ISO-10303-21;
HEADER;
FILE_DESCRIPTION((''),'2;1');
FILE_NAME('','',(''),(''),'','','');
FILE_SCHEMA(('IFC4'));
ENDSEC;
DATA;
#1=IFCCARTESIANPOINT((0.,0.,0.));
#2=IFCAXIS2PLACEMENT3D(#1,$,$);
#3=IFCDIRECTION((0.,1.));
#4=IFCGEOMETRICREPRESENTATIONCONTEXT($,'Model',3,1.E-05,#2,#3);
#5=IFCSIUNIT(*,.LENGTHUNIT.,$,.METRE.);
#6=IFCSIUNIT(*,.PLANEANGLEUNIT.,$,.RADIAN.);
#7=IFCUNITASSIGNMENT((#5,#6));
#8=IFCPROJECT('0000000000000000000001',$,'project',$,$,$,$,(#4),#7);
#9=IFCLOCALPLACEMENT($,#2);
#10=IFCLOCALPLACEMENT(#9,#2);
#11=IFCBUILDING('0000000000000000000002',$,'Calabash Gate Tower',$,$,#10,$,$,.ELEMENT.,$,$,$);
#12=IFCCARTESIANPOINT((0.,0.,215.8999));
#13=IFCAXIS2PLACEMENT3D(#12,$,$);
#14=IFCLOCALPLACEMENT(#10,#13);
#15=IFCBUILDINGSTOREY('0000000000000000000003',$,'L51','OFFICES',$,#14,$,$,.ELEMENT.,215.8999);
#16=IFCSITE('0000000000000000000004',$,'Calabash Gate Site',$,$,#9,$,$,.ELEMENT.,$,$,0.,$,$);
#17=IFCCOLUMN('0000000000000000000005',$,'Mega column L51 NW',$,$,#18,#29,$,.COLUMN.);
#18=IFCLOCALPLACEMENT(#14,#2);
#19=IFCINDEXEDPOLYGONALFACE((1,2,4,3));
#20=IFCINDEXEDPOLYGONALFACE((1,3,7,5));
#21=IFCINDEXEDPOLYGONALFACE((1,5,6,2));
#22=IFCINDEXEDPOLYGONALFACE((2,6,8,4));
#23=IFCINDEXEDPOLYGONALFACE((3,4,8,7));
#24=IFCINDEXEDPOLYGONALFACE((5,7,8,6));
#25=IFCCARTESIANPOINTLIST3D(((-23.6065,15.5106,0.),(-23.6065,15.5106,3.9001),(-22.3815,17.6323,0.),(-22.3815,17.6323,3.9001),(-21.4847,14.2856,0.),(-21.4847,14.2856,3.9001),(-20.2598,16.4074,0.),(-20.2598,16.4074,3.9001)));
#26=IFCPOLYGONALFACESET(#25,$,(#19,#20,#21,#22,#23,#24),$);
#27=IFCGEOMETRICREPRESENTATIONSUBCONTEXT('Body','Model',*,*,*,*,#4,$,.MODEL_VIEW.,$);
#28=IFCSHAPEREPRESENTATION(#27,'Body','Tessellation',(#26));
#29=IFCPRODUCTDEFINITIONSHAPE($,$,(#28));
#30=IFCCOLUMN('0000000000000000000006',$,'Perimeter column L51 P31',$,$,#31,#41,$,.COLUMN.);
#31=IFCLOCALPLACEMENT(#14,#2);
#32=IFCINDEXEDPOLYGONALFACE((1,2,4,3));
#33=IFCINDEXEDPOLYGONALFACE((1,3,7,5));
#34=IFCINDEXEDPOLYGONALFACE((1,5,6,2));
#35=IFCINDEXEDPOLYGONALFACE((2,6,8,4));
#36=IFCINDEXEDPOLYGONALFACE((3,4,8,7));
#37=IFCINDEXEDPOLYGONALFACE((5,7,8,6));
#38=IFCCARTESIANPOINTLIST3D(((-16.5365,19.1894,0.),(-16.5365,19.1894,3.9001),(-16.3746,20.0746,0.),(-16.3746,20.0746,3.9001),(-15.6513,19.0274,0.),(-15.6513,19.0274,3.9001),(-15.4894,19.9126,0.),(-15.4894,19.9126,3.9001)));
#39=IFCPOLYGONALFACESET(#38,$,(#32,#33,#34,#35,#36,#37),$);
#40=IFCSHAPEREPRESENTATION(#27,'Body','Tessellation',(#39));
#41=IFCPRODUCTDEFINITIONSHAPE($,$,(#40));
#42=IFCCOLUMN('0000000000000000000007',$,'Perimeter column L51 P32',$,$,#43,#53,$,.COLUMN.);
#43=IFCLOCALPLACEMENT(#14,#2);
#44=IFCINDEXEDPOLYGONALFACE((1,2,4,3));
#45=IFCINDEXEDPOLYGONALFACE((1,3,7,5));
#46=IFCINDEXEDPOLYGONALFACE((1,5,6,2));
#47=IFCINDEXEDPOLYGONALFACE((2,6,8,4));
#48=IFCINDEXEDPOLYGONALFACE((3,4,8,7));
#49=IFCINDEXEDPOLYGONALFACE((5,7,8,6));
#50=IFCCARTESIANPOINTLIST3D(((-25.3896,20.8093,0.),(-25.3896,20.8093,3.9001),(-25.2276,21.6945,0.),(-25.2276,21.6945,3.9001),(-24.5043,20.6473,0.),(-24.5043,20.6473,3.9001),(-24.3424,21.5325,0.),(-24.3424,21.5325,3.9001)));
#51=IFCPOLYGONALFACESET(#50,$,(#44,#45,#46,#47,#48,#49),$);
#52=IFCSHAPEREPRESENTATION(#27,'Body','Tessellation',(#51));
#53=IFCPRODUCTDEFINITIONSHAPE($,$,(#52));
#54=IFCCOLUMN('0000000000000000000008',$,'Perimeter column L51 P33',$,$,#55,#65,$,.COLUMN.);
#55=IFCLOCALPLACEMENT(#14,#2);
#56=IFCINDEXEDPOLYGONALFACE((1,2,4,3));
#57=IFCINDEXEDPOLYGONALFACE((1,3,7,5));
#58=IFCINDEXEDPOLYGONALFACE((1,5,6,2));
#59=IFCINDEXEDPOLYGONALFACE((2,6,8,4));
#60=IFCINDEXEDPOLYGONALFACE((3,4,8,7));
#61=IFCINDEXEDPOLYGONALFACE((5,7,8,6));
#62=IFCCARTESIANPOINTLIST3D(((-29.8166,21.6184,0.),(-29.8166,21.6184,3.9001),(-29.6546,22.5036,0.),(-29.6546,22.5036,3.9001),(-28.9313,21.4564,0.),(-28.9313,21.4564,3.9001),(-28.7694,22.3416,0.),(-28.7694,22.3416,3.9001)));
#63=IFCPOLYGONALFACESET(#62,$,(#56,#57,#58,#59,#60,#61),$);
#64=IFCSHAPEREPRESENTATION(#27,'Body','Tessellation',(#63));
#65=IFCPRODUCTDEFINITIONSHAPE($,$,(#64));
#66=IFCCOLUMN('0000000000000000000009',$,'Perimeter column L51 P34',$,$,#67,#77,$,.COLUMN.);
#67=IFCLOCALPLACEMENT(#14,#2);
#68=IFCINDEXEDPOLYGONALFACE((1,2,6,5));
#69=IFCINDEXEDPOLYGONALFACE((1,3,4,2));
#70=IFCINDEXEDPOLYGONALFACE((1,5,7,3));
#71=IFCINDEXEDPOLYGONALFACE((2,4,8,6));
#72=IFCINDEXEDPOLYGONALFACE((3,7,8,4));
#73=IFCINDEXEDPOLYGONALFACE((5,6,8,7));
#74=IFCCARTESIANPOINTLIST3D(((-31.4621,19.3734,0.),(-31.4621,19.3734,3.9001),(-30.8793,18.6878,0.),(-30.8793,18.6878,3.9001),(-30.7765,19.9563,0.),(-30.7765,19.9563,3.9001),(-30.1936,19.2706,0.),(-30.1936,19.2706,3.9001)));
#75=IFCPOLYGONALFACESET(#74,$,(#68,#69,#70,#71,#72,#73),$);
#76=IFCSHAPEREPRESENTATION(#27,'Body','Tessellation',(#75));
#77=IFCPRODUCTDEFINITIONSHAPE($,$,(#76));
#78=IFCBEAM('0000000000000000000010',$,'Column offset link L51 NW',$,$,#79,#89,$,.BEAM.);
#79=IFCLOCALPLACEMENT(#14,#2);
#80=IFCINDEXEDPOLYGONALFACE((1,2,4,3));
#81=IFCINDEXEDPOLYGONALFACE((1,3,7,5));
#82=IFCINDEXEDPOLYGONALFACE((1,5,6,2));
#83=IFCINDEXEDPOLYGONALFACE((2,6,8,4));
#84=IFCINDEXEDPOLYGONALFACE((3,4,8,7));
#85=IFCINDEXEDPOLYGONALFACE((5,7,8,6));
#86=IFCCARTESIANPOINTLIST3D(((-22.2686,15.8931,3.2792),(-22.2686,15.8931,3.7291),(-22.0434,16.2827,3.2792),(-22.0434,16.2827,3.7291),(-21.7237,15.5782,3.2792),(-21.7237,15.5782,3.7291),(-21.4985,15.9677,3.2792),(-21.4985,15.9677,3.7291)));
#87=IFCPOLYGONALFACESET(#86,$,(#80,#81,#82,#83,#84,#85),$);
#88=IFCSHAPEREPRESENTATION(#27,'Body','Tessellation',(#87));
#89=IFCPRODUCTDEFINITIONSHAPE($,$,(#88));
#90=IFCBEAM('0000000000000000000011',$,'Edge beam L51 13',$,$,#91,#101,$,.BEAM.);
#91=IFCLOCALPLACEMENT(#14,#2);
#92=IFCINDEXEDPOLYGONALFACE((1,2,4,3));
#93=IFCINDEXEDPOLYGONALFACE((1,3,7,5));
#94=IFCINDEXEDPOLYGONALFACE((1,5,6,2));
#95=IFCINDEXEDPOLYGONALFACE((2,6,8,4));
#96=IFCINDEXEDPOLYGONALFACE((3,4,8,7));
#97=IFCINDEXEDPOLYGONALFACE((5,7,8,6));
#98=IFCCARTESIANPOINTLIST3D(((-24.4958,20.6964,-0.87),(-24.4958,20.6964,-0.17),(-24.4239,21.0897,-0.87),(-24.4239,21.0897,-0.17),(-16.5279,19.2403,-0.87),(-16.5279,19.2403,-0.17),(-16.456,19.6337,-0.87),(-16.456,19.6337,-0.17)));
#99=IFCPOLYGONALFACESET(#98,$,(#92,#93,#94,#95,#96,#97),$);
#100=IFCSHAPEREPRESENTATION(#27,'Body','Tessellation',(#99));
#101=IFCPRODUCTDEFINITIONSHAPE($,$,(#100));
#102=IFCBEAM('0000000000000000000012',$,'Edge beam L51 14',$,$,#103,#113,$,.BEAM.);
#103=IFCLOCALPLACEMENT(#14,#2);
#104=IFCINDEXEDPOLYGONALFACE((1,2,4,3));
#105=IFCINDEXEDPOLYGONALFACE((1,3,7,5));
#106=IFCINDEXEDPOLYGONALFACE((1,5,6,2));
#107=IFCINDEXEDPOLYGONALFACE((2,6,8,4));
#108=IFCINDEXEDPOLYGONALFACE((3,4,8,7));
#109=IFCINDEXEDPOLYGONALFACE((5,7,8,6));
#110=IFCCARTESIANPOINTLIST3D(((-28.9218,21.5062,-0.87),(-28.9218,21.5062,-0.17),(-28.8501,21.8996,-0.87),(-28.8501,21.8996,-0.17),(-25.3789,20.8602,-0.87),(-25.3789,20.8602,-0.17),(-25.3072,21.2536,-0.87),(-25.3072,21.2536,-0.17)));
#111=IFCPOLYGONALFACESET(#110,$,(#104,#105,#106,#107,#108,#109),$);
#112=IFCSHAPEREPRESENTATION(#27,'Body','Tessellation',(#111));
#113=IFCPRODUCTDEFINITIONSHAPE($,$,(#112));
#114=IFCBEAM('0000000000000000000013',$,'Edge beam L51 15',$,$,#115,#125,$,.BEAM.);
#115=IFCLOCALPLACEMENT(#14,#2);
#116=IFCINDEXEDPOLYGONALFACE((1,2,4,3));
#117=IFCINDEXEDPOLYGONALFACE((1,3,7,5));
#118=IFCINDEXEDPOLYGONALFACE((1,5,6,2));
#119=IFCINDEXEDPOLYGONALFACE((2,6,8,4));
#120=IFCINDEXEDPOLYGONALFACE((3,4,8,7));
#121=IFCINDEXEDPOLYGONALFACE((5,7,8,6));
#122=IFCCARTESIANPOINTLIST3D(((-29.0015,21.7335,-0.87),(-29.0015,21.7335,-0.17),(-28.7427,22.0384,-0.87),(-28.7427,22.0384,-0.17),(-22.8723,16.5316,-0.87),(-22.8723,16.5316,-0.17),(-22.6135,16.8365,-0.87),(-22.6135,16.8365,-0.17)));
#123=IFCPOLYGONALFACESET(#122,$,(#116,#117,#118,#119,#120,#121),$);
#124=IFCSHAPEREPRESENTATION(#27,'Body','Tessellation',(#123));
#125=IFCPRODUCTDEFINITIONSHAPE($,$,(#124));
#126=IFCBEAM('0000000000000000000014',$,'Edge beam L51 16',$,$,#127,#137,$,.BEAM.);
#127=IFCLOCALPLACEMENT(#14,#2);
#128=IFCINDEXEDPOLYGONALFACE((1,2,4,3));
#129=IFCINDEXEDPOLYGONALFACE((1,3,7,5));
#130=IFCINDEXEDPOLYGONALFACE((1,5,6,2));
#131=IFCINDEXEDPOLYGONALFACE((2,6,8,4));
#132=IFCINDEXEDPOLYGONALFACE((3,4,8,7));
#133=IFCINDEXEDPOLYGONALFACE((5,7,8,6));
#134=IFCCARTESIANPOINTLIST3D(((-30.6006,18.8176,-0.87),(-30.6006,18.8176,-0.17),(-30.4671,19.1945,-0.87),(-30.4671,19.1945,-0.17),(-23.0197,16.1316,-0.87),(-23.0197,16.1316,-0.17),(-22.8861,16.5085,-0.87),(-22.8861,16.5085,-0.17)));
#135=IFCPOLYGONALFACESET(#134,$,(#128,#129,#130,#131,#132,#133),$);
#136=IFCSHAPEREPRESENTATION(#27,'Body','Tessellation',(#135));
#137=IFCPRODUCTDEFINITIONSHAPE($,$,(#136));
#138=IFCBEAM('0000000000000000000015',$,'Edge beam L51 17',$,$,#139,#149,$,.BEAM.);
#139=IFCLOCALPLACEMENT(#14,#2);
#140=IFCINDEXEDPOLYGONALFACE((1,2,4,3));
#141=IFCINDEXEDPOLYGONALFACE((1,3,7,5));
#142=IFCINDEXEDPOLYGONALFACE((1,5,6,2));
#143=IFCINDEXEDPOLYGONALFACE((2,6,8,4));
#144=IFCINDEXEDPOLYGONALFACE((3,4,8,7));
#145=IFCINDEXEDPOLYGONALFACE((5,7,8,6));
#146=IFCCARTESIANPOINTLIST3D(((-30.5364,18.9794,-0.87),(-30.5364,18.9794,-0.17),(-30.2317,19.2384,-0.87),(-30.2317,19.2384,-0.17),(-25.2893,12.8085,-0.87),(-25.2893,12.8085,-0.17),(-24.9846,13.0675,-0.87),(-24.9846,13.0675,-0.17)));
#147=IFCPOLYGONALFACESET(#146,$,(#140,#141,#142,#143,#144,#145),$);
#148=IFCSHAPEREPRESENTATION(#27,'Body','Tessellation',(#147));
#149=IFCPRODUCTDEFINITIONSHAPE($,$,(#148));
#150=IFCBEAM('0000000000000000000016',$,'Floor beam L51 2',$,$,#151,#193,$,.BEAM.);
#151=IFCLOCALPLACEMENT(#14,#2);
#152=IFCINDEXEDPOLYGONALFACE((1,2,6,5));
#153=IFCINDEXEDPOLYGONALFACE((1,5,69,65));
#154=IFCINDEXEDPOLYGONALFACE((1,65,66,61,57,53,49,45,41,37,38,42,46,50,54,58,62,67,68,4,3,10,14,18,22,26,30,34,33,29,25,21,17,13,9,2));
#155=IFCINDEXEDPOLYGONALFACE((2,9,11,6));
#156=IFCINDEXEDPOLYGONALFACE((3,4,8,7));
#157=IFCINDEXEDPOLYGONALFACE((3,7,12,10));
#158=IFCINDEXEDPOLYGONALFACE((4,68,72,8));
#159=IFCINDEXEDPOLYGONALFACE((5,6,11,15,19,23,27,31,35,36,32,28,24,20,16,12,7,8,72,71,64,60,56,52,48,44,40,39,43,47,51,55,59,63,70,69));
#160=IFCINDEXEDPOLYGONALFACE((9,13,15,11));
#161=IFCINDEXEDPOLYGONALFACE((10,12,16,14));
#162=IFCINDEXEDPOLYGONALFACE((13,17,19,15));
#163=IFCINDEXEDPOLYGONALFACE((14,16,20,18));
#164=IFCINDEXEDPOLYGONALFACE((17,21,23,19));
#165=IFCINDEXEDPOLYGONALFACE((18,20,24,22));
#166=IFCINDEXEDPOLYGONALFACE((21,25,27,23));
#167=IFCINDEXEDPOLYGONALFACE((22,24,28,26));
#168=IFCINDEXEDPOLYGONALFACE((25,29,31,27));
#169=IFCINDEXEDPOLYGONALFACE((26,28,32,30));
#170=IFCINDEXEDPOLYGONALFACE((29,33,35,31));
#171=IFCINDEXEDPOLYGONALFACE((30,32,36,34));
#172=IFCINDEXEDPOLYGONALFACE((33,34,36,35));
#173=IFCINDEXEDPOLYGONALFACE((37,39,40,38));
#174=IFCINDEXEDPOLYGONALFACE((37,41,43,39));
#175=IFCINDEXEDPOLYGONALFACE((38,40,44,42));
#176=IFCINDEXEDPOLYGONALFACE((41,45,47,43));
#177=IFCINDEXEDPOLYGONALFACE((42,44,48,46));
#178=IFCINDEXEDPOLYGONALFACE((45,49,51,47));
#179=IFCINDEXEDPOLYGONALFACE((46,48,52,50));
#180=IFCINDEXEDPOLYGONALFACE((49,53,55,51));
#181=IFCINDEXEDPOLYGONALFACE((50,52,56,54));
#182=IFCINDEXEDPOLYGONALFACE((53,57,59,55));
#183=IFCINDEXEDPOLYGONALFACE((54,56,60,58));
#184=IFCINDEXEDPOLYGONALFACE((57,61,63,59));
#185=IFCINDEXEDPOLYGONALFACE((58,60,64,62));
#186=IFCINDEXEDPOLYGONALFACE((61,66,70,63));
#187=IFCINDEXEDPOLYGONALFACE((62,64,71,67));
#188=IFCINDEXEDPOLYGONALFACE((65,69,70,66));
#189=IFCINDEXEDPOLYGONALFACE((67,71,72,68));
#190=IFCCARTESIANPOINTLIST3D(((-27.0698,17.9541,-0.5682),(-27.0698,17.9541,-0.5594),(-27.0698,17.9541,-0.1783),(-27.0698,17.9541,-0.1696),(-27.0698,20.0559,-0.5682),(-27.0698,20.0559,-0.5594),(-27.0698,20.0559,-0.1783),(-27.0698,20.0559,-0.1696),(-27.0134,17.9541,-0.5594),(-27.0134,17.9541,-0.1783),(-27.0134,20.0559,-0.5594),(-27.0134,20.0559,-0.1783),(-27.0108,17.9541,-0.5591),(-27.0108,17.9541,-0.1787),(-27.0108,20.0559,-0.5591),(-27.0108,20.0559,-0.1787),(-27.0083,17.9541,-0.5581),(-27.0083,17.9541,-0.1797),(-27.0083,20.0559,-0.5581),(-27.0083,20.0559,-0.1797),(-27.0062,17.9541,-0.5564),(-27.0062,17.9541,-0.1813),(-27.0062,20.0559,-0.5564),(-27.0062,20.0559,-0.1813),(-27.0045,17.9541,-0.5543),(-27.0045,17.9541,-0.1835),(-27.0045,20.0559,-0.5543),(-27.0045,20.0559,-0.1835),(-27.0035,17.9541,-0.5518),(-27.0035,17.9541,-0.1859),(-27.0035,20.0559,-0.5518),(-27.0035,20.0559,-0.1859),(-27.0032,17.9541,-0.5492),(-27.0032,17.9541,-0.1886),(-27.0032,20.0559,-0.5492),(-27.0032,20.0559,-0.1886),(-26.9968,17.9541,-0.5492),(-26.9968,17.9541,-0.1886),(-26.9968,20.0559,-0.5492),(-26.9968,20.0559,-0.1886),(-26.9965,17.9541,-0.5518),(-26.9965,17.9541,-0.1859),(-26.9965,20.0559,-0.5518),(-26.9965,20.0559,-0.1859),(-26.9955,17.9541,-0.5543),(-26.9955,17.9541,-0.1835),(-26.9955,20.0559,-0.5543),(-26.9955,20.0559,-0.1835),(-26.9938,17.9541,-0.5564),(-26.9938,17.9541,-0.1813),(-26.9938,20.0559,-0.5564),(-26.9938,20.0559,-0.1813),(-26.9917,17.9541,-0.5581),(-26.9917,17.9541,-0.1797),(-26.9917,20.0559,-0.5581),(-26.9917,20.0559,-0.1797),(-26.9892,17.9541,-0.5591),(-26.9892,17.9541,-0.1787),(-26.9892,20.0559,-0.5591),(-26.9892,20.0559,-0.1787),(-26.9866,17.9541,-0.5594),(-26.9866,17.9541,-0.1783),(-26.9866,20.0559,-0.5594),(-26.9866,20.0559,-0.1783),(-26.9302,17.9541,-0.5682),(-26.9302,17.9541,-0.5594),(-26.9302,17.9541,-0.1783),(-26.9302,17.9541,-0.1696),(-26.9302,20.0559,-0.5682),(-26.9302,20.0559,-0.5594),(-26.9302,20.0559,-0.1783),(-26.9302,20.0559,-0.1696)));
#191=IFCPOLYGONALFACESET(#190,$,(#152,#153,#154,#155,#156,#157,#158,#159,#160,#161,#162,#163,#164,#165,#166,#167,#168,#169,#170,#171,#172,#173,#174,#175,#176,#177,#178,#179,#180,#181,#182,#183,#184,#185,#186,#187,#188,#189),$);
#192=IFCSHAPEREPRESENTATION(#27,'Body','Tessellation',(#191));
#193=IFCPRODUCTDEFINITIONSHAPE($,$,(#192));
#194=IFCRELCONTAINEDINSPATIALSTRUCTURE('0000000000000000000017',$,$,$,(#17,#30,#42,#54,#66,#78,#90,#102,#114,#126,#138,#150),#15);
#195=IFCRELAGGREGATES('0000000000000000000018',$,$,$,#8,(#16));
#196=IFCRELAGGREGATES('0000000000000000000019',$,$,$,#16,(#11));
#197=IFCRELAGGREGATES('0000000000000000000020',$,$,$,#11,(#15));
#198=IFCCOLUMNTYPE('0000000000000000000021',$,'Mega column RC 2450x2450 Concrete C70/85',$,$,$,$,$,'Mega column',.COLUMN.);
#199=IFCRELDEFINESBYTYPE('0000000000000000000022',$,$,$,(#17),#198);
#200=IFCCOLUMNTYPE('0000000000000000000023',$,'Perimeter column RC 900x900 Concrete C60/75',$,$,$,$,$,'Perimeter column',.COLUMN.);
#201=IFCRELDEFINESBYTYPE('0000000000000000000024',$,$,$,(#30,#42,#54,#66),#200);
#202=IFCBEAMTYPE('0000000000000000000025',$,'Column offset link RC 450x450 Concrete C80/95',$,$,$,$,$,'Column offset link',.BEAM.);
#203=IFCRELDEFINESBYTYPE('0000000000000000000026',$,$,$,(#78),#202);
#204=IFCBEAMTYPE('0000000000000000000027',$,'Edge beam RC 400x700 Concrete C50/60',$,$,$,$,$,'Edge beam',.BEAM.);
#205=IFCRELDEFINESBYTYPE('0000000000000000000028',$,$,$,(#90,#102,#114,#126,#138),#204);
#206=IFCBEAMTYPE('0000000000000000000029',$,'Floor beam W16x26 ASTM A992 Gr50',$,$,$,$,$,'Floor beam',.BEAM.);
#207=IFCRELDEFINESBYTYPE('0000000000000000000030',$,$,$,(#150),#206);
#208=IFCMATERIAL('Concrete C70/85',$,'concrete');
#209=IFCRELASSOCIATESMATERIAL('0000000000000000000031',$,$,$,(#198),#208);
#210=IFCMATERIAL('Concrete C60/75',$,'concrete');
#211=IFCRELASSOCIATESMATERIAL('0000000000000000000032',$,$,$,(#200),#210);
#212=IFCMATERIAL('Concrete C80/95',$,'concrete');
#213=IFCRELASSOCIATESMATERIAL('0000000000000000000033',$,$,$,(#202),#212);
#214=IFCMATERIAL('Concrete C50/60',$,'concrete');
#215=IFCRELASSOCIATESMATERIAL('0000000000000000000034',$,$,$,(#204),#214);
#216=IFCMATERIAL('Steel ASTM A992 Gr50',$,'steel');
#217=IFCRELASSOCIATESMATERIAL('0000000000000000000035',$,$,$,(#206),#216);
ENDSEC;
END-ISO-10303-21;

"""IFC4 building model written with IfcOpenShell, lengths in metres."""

from ifc_helpers import new_model, si_unit, direction, frame, origin, origin_2d, place, context, subcontext, project, spatial, rectangle, i_section, extrude, material, material_profile, profile_set, type_object, element, save


model = new_model("IFC4")

# Units and contexts
model_context = context("Model", 3, precision=1e-05, world=origin(), true_north=direction((0.0, 1.0)))
body_context = subcontext(model_context, "Body", "Model", "MODEL_VIEW")
ifc_project = project(units=[si_unit("LENGTHUNIT", "METRE"), si_unit("PLANEANGLEUNIT", "RADIAN")], contexts=[model_context])

# Site, building, storey
site_placement = place(None, origin())
site = spatial("IfcSite", under=ifc_project, at=site_placement, Name="Calabash Gate Site", CompositionType="ELEMENT", RefElevation=0.0)
building_placement = place(site_placement, origin())
building = spatial("IfcBuilding", under=site, at=building_placement, Name="Calabash Gate Tower", CompositionType="ELEMENT")
storey_placement = place(building_placement, frame((0.0, 0.0, 215.8999)))
storey = spatial("IfcBuildingStorey", under=building, at=storey_placement, Name="L51", Description="OFFICES", CompositionType="ELEMENT", Elevation=215.8999)

# Columns
ifc_material_1 = material(Name="Concrete C70/85", Category="concrete")
ifc_material_profile_1 = material_profile(ifc_material_1, rectangle(XDim=2.45, YDim=2.45, at=origin_2d()))
ifc_profile_set_1 = profile_set([ifc_material_profile_1], Name="Concrete C70/85")
column_type_1 = type_object("IfcColumnType", Name="Mega column RC 2450x2450 Concrete C70/85", ElementType="Mega column", PredefinedType="COLUMN", material=ifc_profile_set_1)
column_placement = place(storey_placement, frame((-21.9331, 15.959, 0.0), z_axis=(0.0, 0.0, 1.0), x_axis=(0.866025, -0.5, 0.0)))
element("IfcColumn", 1, at=column_placement, inside=storey, type_object=column_type_1, Name="Mega column L51 NW", PredefinedType="COLUMN", context=body_context, shape_type="SweptSolid", body=[
    extrude(rectangle(XDim=2.45, YDim=2.45, at=origin_2d()), origin(), (0.0, 0.0, 1.0), 3.9001),
])
ifc_material_2 = material(Name="Concrete C60/75", Category="concrete")
ifc_material_profile_2 = material_profile(ifc_material_2, rectangle(XDim=0.8999, YDim=0.8999, at=origin_2d()))
ifc_profile_set_2 = profile_set([ifc_material_profile_2], Name="Concrete C60/75")
column_type_2 = type_object("IfcColumnType", Name="Perimeter column RC 900x900 Concrete C60/75", ElementType="Perimeter column", PredefinedType="COLUMN", material=ifc_profile_set_2)
for number, where, z_axis, x_axis, name in (
    (2, (-16.0129, 19.551, 0.0), (0.0, 0.0, 1.0), (-0.98367, 0.179982, 0.0), "Perimeter column L51 P31"),
    (3, (-24.866, 21.1709, 0.0), (0.0, 0.0, 1.0), (-0.98367, 0.179982, 0.0), "Perimeter column L51 P32"),
    (4, (-29.293, 21.98, 0.0), (0.0, 0.0, 1.0), (-0.98367, 0.179982, 0.0), "Perimeter column L51 P33"),
    (5, (-30.8279, 19.322, 0.0), (0.0, 0.0, 1.0), (0.647704, -0.761892, 0.0), "Perimeter column L51 P34"),
):
    element("IfcColumn", number, at=place(storey_placement, frame(where, z_axis=z_axis, x_axis=x_axis)), inside=storey, type_object=column_type_2, Name=name, PredefinedType="COLUMN", context=body_context, shape_type="SweptSolid", body=[
        extrude(rectangle(XDim=0.8999, YDim=0.8999, at=origin_2d()), origin(), (0.0, 0.0, 1.0), 3.9001),
    ])

# Beams
ifc_material_3 = material(Name="Concrete C80/95", Category="concrete")
ifc_material_profile_3 = material_profile(ifc_material_3, rectangle(XDim=0.45, YDim=0.45, at=origin_2d()))
ifc_profile_set_3 = profile_set([ifc_material_profile_3], Name="Concrete C80/95")
beam_type_1 = type_object("IfcBeamType", Name="Column offset link RC 450x450 Concrete C80/95", ElementType="Column offset link", PredefinedType="BEAM", material=ifc_profile_set_3)
beam_1_placement = place(storey_placement, frame((-21.6111, 15.7729, 3.5042), z_axis=(-0.865798, 0.500394, 0.0), x_axis=(-0.500394, -0.865798, 0.0)))
element("IfcBeam", 6, at=beam_1_placement, inside=storey, type_object=beam_type_1, Name="Column offset link L51 NW", PredefinedType="BEAM", context=body_context, shape_type="SweptSolid", body=[
    extrude(rectangle(XDim=0.45, YDim=0.45, at=origin_2d()), origin(), (0.0, 0.0, 1.0), 0.6294),
])
ifc_material_4 = material(Name="Concrete C50/60", Category="concrete")
ifc_material_profile_4 = material_profile(ifc_material_4, rectangle(XDim=0.3999, YDim=0.7, at=origin_2d()))
ifc_profile_set_4 = profile_set([ifc_material_profile_4], Name="Concrete C50/60")
beam_type_2 = type_object("IfcBeamType", Name="Edge beam RC 400x700 Concrete C50/60", ElementType="Edge beam", PredefinedType="BEAM", material=ifc_profile_set_4)
beam_2_placement = place(storey_placement, frame((-16.4919, 19.437, -0.52), z_axis=(-0.98371, 0.179761, 0.0), x_axis=(-0.179761, -0.98371, 0.0)))
element("IfcBeam", 7, at=beam_2_placement, inside=storey, type_object=beam_type_2, Name="Edge beam L51 13", PredefinedType="BEAM", context=body_context, shape_type="SweptSolid", body=[
    extrude(rectangle(XDim=0.3999, YDim=0.7, at=origin_2d()), origin(), (0.0, 0.0, 1.0), 8.0999),
])
beam_3_placement = place(storey_placement, frame((-25.343, 21.0569, -0.52), z_axis=(-0.983781, 0.179375, 0.0), x_axis=(-0.179375, -0.983781, 0.0)))
element("IfcBeam", 8, at=beam_3_placement, inside=storey, type_object=beam_type_2, Name="Edge beam L51 14", PredefinedType="BEAM", context=body_context, shape_type="SweptSolid", body=[
    extrude(rectangle(XDim=0.3999, YDim=0.7, at=origin_2d()), origin(), (0.0, 0.0, 1.0), 3.6013),
])
beam_4_placement = place(storey_placement, frame((-28.8721, 21.886, -0.52), z_axis=(0.762422, -0.64708, 0.0), x_axis=(0.64708, 0.762422, 0.0)))
element("IfcBeam", 9, at=beam_4_placement, inside=storey, type_object=beam_type_2, Name="Edge beam L51 15", PredefinedType="BEAM", context=body_context, shape_type="SweptSolid", body=[
    extrude(rectangle(XDim=0.3999, YDim=0.7, at=origin_2d()), origin(), (0.0, 0.0, 1.0), 8.0391),
])
beam_5_placement = place(storey_placement, frame((-22.9529, 16.3201, -0.52), z_axis=(-0.942585, 0.333966, 0.0), x_axis=(-0.333966, -0.942585, 0.0)))
element("IfcBeam", 10, at=beam_5_placement, inside=storey, type_object=beam_type_2, Name="Edge beam L51 16", PredefinedType="BEAM", context=body_context, shape_type="SweptSolid", body=[
    extrude(rectangle(XDim=0.3999, YDim=0.7, at=origin_2d()), origin(), (0.0, 0.0, 1.0), 8.0427),
])
beam_6_placement = place(storey_placement, frame((-30.384, 19.1089, -0.52), z_axis=(0.647778, -0.761829, 0.0), x_axis=(0.761829, 0.647778, 0.0)))
element("IfcBeam", 11, at=beam_6_placement, inside=storey, type_object=beam_type_2, Name="Edge beam L51 17", PredefinedType="BEAM", context=body_context, shape_type="SweptSolid", body=[
    extrude(rectangle(XDim=0.3999, YDim=0.7, at=origin_2d()), origin(), (0.0, 0.0, 1.0), 8.1001),
])
ifc_material_5 = material(Name="Steel ASTM A992 Gr50", Category="steel")
ifc_material_profile_5 = material_profile(ifc_material_5, i_section(OverallWidth=0.1396, OverallDepth=0.3987, WebThickness=0.0063, FlangeThickness=0.0088, FilletRadius=0.0103, at=origin_2d()))
ifc_profile_set_5 = profile_set([ifc_material_profile_5], Name="Steel ASTM A992 Gr50")
beam_type_3 = type_object("IfcBeamType", Name="Floor beam W16x26 ASTM A992 Gr50", ElementType="Floor beam", PredefinedType="BEAM", material=ifc_profile_set_5)
beam_7_placement = place(storey_placement, frame((-27.0, 17.9541, -0.3689), z_axis=(0.0, 1.0, 0.0), x_axis=(-1.0, 0.0, 0.0)))
element("IfcBeam", 12, at=beam_7_placement, inside=storey, type_object=beam_type_3, Name="Floor beam L51 2", PredefinedType="BEAM", context=body_context, shape_type="SweptSolid", body=[
    extrude(i_section(OverallWidth=0.1396, OverallDepth=0.3987, WebThickness=0.0063, FlangeThickness=0.0088, FilletRadius=0.0103, at=origin_2d()), origin(), (0.0, 0.0, 1.0), 2.1018),
])

save(model, "model.ifc")
